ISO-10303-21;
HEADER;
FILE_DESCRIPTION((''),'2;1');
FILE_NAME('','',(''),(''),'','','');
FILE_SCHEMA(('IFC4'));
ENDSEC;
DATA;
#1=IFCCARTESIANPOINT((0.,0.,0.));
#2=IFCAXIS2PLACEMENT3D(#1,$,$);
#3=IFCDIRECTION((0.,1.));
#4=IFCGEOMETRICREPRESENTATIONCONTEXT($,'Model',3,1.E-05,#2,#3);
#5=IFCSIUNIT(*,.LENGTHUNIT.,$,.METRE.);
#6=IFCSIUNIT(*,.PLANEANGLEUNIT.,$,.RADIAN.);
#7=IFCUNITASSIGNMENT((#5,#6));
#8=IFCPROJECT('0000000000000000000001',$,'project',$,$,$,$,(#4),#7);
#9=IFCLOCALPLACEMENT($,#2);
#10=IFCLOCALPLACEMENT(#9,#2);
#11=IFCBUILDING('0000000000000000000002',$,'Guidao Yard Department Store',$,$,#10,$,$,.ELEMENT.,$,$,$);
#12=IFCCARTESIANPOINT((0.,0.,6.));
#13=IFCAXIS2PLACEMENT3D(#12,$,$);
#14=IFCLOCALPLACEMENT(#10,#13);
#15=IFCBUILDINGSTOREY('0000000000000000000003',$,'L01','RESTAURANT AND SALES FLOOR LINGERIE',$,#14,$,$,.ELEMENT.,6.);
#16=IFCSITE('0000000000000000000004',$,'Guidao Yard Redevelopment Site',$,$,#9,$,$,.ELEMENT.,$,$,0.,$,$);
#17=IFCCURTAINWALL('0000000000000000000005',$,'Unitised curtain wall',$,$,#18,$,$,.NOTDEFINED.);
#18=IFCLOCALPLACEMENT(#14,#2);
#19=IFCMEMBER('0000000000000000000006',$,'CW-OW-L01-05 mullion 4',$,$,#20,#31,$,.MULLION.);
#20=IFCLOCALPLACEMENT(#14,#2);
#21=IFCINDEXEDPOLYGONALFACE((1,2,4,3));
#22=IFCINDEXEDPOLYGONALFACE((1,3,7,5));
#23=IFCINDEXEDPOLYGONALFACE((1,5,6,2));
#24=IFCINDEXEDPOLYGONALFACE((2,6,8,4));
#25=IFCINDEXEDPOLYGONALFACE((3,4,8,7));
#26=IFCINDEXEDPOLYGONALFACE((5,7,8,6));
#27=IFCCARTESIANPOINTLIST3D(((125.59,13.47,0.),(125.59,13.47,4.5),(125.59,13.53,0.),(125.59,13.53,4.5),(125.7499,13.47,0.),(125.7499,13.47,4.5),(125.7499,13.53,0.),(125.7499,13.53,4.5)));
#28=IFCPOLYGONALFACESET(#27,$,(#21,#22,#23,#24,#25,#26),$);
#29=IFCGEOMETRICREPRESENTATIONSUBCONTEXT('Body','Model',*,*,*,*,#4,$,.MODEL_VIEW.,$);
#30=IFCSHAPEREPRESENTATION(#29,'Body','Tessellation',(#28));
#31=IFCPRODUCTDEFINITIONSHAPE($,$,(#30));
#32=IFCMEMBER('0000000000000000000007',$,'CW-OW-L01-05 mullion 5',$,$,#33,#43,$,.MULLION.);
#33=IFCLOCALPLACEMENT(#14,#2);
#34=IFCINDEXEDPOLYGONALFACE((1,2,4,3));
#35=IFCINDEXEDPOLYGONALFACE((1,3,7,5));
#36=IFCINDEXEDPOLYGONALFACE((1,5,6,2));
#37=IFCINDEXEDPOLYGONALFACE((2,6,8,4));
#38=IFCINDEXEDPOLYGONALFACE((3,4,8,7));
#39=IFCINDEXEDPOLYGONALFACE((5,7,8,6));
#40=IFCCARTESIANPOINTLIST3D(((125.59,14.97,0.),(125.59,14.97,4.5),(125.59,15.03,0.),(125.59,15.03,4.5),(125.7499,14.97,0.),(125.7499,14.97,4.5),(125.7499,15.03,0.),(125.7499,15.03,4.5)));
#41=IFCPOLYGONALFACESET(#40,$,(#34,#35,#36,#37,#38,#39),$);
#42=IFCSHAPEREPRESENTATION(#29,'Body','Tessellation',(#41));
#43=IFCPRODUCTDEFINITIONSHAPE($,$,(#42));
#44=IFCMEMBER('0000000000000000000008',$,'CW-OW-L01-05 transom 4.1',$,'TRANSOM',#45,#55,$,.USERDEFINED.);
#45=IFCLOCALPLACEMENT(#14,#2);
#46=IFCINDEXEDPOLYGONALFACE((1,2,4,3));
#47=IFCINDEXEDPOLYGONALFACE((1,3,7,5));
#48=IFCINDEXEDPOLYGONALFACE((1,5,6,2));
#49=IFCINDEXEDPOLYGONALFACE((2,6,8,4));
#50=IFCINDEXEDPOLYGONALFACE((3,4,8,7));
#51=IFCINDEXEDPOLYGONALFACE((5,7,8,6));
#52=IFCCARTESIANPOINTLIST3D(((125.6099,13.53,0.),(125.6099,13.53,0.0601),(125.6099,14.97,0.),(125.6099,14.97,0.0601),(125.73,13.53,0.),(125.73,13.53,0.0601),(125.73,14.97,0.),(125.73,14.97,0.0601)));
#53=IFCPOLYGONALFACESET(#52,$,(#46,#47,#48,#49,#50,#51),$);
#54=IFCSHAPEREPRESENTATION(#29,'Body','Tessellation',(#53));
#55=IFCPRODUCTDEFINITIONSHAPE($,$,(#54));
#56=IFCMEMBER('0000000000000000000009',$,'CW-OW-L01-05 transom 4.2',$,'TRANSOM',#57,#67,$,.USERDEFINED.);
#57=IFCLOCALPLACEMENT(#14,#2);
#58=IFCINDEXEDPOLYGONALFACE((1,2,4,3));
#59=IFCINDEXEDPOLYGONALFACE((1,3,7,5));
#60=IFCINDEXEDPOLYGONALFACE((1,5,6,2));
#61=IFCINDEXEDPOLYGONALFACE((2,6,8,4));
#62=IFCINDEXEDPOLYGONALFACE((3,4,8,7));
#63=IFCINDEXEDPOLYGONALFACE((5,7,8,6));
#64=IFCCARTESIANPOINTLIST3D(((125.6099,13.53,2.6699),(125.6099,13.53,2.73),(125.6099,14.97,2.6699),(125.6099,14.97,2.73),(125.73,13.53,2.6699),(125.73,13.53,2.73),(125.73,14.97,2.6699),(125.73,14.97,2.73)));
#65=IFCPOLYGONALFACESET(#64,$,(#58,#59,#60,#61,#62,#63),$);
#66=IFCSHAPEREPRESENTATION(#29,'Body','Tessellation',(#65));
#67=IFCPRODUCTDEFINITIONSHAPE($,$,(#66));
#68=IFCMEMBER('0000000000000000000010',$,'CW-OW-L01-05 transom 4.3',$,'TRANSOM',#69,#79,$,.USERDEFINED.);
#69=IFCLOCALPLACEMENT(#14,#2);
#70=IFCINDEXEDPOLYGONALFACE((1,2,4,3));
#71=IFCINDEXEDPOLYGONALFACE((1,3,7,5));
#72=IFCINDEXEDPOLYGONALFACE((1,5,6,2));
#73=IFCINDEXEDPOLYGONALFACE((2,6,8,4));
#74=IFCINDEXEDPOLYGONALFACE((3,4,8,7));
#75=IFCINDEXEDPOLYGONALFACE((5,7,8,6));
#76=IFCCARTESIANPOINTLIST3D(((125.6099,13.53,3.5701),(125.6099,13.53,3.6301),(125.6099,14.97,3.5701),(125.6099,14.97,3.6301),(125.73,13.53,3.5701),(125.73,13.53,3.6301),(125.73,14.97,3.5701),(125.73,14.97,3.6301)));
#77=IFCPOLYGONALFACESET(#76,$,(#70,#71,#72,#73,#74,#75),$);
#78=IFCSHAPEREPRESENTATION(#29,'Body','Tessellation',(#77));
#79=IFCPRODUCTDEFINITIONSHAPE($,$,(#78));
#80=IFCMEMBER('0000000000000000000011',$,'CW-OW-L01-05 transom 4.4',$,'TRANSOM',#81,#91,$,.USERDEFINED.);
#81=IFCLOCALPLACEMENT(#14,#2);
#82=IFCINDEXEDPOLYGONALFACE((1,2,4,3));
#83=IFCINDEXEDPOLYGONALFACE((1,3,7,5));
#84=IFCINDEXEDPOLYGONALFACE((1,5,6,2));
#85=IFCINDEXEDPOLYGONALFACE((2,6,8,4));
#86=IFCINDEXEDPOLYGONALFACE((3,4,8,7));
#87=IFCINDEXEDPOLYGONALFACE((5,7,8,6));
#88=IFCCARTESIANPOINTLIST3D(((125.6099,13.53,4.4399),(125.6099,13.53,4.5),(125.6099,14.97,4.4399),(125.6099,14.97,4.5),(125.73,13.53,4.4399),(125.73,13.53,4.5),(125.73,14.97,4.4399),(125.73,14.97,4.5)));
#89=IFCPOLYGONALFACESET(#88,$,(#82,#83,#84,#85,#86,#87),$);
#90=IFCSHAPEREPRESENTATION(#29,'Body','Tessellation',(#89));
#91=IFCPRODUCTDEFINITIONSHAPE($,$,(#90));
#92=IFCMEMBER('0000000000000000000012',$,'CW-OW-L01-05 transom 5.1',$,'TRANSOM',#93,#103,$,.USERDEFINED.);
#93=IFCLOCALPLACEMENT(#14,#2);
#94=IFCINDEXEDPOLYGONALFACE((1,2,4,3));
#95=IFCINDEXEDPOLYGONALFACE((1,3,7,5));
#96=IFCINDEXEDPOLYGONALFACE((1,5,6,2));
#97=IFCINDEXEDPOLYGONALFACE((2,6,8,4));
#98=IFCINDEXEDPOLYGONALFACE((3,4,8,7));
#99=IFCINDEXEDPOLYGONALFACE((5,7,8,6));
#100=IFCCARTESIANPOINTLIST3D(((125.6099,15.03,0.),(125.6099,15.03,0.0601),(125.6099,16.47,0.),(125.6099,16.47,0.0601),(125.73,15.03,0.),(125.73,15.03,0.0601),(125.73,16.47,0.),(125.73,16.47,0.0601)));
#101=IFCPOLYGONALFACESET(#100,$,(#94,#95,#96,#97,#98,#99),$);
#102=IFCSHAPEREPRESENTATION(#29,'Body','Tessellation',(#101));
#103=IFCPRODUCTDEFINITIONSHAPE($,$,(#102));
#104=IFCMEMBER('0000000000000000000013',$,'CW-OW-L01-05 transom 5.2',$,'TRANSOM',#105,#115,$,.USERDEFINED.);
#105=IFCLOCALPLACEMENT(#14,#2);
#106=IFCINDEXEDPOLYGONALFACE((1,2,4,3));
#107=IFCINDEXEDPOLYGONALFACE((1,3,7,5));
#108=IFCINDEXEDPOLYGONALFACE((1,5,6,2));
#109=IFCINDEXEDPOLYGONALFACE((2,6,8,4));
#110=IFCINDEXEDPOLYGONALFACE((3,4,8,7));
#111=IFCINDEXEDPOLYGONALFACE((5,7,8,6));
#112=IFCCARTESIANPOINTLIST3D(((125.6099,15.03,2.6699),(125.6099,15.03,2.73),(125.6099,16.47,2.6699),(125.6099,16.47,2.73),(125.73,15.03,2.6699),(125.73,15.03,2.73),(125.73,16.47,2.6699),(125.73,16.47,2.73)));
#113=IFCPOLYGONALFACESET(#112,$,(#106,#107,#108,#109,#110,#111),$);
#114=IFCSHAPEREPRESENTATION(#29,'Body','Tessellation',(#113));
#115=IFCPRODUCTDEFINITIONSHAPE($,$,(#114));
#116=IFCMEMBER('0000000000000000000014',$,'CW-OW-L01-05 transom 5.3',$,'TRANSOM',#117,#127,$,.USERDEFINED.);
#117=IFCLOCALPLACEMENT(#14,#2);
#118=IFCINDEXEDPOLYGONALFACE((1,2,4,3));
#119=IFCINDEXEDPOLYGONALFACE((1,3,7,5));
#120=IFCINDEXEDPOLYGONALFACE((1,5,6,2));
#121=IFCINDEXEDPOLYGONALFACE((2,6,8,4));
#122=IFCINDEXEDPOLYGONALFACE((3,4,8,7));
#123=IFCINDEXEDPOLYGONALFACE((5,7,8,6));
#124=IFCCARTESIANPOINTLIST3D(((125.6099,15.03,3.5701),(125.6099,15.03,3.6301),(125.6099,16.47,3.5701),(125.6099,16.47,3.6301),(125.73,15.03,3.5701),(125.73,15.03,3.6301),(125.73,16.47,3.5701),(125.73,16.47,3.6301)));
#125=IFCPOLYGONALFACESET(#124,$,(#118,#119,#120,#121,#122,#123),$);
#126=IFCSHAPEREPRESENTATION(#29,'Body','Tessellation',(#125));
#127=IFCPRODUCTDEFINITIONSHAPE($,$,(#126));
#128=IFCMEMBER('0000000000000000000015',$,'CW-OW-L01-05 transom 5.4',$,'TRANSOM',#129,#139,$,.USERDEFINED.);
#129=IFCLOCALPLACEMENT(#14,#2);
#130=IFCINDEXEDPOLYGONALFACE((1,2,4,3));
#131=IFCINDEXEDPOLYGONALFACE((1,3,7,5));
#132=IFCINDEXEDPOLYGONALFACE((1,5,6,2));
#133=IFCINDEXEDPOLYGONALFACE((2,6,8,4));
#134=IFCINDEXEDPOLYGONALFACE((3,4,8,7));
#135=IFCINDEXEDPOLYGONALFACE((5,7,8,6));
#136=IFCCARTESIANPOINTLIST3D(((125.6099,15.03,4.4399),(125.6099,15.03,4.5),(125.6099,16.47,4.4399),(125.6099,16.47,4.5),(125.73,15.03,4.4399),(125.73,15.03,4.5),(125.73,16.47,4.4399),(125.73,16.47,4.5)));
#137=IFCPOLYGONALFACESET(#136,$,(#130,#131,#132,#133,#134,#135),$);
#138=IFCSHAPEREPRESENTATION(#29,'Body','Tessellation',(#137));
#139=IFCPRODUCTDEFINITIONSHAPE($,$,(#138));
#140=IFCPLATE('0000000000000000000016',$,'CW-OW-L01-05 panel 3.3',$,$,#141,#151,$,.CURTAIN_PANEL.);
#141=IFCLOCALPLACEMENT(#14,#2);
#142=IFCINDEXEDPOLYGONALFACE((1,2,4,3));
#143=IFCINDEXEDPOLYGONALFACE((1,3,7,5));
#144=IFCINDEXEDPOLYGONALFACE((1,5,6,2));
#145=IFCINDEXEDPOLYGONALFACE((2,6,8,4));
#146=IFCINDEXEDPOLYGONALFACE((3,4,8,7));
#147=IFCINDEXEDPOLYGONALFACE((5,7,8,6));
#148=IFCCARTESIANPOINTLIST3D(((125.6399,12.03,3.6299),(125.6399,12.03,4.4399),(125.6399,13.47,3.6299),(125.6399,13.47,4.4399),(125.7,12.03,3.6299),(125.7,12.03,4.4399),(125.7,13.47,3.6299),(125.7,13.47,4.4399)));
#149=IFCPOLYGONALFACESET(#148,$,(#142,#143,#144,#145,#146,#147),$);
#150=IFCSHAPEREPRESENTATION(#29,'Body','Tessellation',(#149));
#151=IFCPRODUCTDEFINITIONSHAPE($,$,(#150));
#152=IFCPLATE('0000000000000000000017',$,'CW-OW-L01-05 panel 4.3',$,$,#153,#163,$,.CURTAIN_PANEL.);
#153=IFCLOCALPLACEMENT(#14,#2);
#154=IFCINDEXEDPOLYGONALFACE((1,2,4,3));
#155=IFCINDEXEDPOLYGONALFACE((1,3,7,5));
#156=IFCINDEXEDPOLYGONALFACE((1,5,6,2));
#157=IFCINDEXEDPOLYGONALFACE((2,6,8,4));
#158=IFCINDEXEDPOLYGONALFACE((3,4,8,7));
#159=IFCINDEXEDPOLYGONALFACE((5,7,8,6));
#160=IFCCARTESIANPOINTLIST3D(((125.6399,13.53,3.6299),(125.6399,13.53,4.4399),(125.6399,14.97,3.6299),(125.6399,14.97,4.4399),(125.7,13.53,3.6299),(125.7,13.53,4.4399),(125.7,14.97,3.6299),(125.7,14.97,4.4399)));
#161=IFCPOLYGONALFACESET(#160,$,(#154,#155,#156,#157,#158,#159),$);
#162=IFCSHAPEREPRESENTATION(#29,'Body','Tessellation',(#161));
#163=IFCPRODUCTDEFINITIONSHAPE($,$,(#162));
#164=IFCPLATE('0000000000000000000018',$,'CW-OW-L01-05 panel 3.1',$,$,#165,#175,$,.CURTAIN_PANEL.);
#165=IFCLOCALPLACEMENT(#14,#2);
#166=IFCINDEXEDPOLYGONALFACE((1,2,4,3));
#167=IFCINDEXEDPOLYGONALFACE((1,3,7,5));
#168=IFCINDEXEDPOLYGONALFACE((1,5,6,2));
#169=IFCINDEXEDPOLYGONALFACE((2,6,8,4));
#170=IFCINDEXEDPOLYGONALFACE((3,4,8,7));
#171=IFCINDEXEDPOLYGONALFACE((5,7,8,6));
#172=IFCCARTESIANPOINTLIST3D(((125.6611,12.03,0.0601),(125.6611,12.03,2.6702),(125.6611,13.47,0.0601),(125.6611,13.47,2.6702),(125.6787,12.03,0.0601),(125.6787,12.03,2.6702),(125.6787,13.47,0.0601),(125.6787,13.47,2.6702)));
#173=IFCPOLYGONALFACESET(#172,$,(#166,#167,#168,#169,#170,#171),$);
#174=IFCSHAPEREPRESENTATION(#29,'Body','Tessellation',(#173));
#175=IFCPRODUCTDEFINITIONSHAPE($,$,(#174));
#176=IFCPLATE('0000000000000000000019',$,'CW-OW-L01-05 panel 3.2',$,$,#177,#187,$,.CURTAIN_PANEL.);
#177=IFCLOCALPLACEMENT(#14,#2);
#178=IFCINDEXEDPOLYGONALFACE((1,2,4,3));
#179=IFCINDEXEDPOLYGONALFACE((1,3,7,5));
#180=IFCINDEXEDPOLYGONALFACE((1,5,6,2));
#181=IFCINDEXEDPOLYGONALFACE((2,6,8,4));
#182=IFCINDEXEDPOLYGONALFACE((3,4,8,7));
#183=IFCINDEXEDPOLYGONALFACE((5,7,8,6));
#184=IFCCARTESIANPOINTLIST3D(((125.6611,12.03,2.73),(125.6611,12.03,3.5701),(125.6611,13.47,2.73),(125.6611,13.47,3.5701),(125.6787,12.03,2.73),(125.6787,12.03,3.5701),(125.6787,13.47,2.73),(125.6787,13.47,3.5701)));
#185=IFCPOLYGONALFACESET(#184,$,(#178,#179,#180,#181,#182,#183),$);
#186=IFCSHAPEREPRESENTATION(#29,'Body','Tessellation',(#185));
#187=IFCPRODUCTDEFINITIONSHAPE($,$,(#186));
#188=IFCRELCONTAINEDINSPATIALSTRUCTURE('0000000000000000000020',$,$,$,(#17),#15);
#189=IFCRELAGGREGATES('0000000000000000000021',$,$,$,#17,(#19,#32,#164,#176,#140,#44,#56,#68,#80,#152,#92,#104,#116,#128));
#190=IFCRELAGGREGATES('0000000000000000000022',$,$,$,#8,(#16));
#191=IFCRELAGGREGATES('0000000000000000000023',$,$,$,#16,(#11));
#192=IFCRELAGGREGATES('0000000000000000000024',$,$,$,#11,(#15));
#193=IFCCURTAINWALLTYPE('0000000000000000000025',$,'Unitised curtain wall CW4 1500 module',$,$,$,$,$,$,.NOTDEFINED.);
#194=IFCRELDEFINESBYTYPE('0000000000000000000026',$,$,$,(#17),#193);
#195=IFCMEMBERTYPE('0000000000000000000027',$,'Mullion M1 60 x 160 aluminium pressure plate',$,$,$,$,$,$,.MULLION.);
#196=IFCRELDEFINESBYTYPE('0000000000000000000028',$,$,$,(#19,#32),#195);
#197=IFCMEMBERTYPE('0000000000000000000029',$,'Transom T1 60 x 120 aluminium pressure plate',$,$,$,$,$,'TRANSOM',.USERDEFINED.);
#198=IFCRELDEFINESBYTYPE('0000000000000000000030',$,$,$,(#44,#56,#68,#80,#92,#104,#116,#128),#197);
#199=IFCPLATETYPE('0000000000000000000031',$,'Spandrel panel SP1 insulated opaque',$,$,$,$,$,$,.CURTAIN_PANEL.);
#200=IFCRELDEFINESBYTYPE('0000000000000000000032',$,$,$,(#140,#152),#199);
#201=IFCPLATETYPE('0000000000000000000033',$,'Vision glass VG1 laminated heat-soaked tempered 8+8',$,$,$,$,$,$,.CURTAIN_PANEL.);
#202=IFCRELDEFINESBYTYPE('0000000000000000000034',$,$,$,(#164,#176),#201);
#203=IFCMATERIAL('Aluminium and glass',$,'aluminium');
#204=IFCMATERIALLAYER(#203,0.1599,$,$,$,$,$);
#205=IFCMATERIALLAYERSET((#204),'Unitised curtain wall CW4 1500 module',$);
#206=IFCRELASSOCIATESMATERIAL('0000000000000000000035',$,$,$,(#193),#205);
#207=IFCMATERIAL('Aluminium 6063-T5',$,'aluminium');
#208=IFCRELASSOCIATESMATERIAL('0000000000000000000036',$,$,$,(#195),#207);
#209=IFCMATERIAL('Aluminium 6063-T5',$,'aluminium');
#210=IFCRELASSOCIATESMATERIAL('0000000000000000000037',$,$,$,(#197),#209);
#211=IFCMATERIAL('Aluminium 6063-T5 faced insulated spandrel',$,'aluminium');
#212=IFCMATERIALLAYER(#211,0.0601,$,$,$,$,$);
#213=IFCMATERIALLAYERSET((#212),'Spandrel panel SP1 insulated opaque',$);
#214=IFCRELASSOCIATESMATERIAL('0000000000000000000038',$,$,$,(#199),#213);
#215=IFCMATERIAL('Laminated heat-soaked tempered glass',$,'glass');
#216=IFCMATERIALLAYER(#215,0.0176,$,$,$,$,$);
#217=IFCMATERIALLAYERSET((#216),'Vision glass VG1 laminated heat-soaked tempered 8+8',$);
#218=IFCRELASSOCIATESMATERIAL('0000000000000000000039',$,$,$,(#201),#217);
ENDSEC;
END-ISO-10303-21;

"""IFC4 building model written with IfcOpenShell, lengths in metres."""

from ifc_helpers import new_model, si_unit, direction, frame, origin, origin_2d, place, context, subcontext, project, spatial, rectangle, extrude, material, layer, layer_set, material_profile, profile_set, type_object, element, aggregate, save


model = new_model("IFC4")

# Units and contexts
model_context = context("Model", 3, precision=1e-05, world=origin(), true_north=direction((0.0, 1.0)))
body_context = subcontext(model_context, "Body", "Model", "MODEL_VIEW")
ifc_project = project(units=[si_unit("LENGTHUNIT", "METRE"), si_unit("PLANEANGLEUNIT", "RADIAN")], contexts=[model_context])

# Site, building, storey
site_placement = place(None, origin())
site = spatial("IfcSite", under=ifc_project, at=site_placement, Name="Guidao Yard Redevelopment Site", CompositionType="ELEMENT", RefElevation=0.0)
building_placement = place(site_placement, origin())
building = spatial("IfcBuilding", under=site, at=building_placement, Name="Guidao Yard Department Store", CompositionType="ELEMENT")
storey_placement = place(building_placement, frame((0.0, 0.0, 6.0)))
storey = spatial("IfcBuildingStorey", under=building, at=storey_placement, Name="L01", Description="RESTAURANT AND SALES FLOOR LINGERIE", CompositionType="ELEMENT", Elevation=6.0)

# Curtain wall, members, plates
ifc_material_1 = material(Name="Aluminium and glass", Category="aluminium")
ifc_layer_1 = layer(ifc_material_1, 0.1599)
ifc_layer_set_1 = layer_set([ifc_layer_1], Name="Unitised curtain wall CW4 1500 module")
curtain_wall_type = type_object("IfcCurtainWallType", Name="Unitised curtain wall CW4 1500 module", PredefinedType="NOTDEFINED", material=ifc_layer_set_1)
curtain_wall_placement = place(storey_placement, origin())
curtain_wall = element("IfcCurtainWall", 1, at=curtain_wall_placement, inside=storey, type_object=curtain_wall_type, Name="Unitised curtain wall", PredefinedType="NOTDEFINED")
ifc_material_2 = material(Name="Aluminium 6063-T5", Category="aluminium")
ifc_material_profile_1 = material_profile(ifc_material_2, rectangle(XDim=0.0601, YDim=0.1599, at=origin_2d()), Name="Mullion M1 60 x 160 aluminium pressure plate")
ifc_profile_set_1 = profile_set([ifc_material_profile_1], Name="Aluminium 6063-T5")
member_type_1 = type_object("IfcMemberType", Name="Mullion M1 60 x 160 aluminium pressure plate", PredefinedType="MULLION", material=ifc_profile_set_1)
member_1_placement = place(storey_placement, frame((125.6699, 13.5, 0.0), z_axis=(0.0, 0.0, 1.0), x_axis=(0.0, 1.0, 0.0)))
member_1 = element("IfcMember", 2, at=member_1_placement, type_object=member_type_1, Name="CW-OW-L01-05 mullion 4", PredefinedType="MULLION", context=body_context, shape_type="SweptSolid", body=[
    extrude(rectangle(XDim=0.0601, YDim=0.1599, at=origin_2d()), origin(), (0.0, 0.0, 1.0), 4.5),
])
member_2_placement = place(storey_placement, frame((125.6699, 15.0, 0.0), z_axis=(0.0, 0.0, 1.0), x_axis=(0.0, 1.0, 0.0)))
member_2 = element("IfcMember", 3, at=member_2_placement, type_object=member_type_1, Name="CW-OW-L01-05 mullion 5", PredefinedType="MULLION", context=body_context, shape_type="SweptSolid", body=[
    extrude(rectangle(XDim=0.0601, YDim=0.1599, at=origin_2d()), origin(), (0.0, 0.0, 1.0), 4.5),
])
ifc_material_3 = material(Name="Aluminium 6063-T5", Category="aluminium")
ifc_material_profile_2 = material_profile(ifc_material_3, rectangle(XDim=0.1201, YDim=0.0601, at=origin_2d()), Name="Transom T1 60 x 120 aluminium pressure plate")
ifc_profile_set_2 = profile_set([ifc_material_profile_2], Name="Aluminium 6063-T5")
member_type_2 = type_object("IfcMemberType", Name="Transom T1 60 x 120 aluminium pressure plate", ElementType="TRANSOM", PredefinedType="USERDEFINED", material=ifc_profile_set_2)
member_3_placement = place(storey_placement, frame((125.6699, 13.53, 0.03), z_axis=(0.0, 1.0, 0.0), x_axis=(-1.0, 0.0, 0.0)))
member_3 = element("IfcMember", 4, at=member_3_placement, type_object=member_type_2, Name="CW-OW-L01-05 transom 4.1", ObjectType="TRANSOM", PredefinedType="USERDEFINED", context=body_context, shape_type="SweptSolid", body=[
    extrude(rectangle(XDim=0.1201, YDim=0.0601, at=origin_2d()), origin(), (0.0, 0.0, 1.0), 1.4399),
])
member_4_placement = place(storey_placement, frame((125.6699, 13.53, 2.7), z_axis=(0.0, 1.0, 0.0), x_axis=(-1.0, 0.0, 0.0)))
member_4 = element("IfcMember", 5, at=member_4_placement, type_object=member_type_2, Name="CW-OW-L01-05 transom 4.2", ObjectType="TRANSOM", PredefinedType="USERDEFINED", context=body_context, shape_type="SweptSolid", body=[
    extrude(rectangle(XDim=0.1201, YDim=0.0601, at=origin_2d()), origin(), (0.0, 0.0, 1.0), 1.4399),
])
member_5_placement = place(storey_placement, frame((125.6699, 13.53, 3.6001), z_axis=(0.0, 1.0, 0.0), x_axis=(-1.0, 0.0, 0.0)))
member_5 = element("IfcMember", 6, at=member_5_placement, type_object=member_type_2, Name="CW-OW-L01-05 transom 4.3", ObjectType="TRANSOM", PredefinedType="USERDEFINED", context=body_context, shape_type="SweptSolid", body=[
    extrude(rectangle(XDim=0.1201, YDim=0.0601, at=origin_2d()), origin(), (0.0, 0.0, 1.0), 1.4399),
])
member_6_placement = place(storey_placement, frame((125.6699, 13.53, 4.47), z_axis=(0.0, 1.0, 0.0), x_axis=(-1.0, 0.0, 0.0)))
member_6 = element("IfcMember", 7, at=member_6_placement, type_object=member_type_2, Name="CW-OW-L01-05 transom 4.4", ObjectType="TRANSOM", PredefinedType="USERDEFINED", context=body_context, shape_type="SweptSolid", body=[
    extrude(rectangle(XDim=0.1201, YDim=0.0601, at=origin_2d()), origin(), (0.0, 0.0, 1.0), 1.4399),
])
member_7_placement = place(storey_placement, frame((125.6699, 15.03, 0.03), z_axis=(0.0, 1.0, 0.0), x_axis=(-1.0, 0.0, 0.0)))
member_7 = element("IfcMember", 8, at=member_7_placement, type_object=member_type_2, Name="CW-OW-L01-05 transom 5.1", ObjectType="TRANSOM", PredefinedType="USERDEFINED", context=body_context, shape_type="SweptSolid", body=[
    extrude(rectangle(XDim=0.1201, YDim=0.0601, at=origin_2d()), origin(), (0.0, 0.0, 1.0), 1.4399),
])
member_8_placement = place(storey_placement, frame((125.6699, 15.03, 2.7), z_axis=(0.0, 1.0, 0.0), x_axis=(-1.0, 0.0, 0.0)))
member_8 = element("IfcMember", 9, at=member_8_placement, type_object=member_type_2, Name="CW-OW-L01-05 transom 5.2", ObjectType="TRANSOM", PredefinedType="USERDEFINED", context=body_context, shape_type="SweptSolid", body=[
    extrude(rectangle(XDim=0.1201, YDim=0.0601, at=origin_2d()), origin(), (0.0, 0.0, 1.0), 1.4399),
])
member_9_placement = place(storey_placement, frame((125.6699, 15.03, 3.6001), z_axis=(0.0, 1.0, 0.0), x_axis=(-1.0, 0.0, 0.0)))
member_9 = element("IfcMember", 10, at=member_9_placement, type_object=member_type_2, Name="CW-OW-L01-05 transom 5.3", ObjectType="TRANSOM", PredefinedType="USERDEFINED", context=body_context, shape_type="SweptSolid", body=[
    extrude(rectangle(XDim=0.1201, YDim=0.0601, at=origin_2d()), origin(), (0.0, 0.0, 1.0), 1.4399),
])
member_10_placement = place(storey_placement, frame((125.6699, 15.03, 4.47), z_axis=(0.0, 1.0, 0.0), x_axis=(-1.0, 0.0, 0.0)))
member_10 = element("IfcMember", 11, at=member_10_placement, type_object=member_type_2, Name="CW-OW-L01-05 transom 5.4", ObjectType="TRANSOM", PredefinedType="USERDEFINED", context=body_context, shape_type="SweptSolid", body=[
    extrude(rectangle(XDim=0.1201, YDim=0.0601, at=origin_2d()), origin(), (0.0, 0.0, 1.0), 1.4399),
])
ifc_material_4 = material(Name="Aluminium 6063-T5 faced insulated spandrel", Category="aluminium")
ifc_layer_2 = layer(ifc_material_4, 0.0601)
ifc_layer_set_2 = layer_set([ifc_layer_2], Name="Spandrel panel SP1 insulated opaque")
plate_type_1 = type_object("IfcPlateType", Name="Spandrel panel SP1 insulated opaque", PredefinedType="CURTAIN_PANEL", material=ifc_layer_set_2)
plate_1_placement = place(storey_placement, frame((125.6699, 12.75, 3.6299), z_axis=(0.0, 0.0, 1.0), x_axis=(0.0, 1.0, 0.0)))
plate_1 = element("IfcPlate", 12, at=plate_1_placement, type_object=plate_type_1, Name="CW-OW-L01-05 panel 3.3", PredefinedType="CURTAIN_PANEL", context=body_context, shape_type="SweptSolid", body=[
    extrude(rectangle(XDim=1.4399, YDim=0.0601, at=origin_2d()), origin(), (0.0, 0.0, 1.0), 0.8101),
])
plate_2_placement = place(storey_placement, frame((125.6699, 14.25, 3.6299), z_axis=(0.0, 0.0, 1.0), x_axis=(0.0, 1.0, 0.0)))
plate_2 = element("IfcPlate", 13, at=plate_2_placement, type_object=plate_type_1, Name="CW-OW-L01-05 panel 4.3", PredefinedType="CURTAIN_PANEL", context=body_context, shape_type="SweptSolid", body=[
    extrude(rectangle(XDim=1.4399, YDim=0.0601, at=origin_2d()), origin(), (0.0, 0.0, 1.0), 0.8101),
])
ifc_material_5 = material(Name="Laminated heat-soaked tempered glass", Category="glass")
ifc_layer_3 = layer(ifc_material_5, 0.0176)
ifc_layer_set_3 = layer_set([ifc_layer_3], Name="Vision glass VG1 laminated heat-soaked tempered 8+8")
plate_type_2 = type_object("IfcPlateType", Name="Vision glass VG1 laminated heat-soaked tempered 8+8", PredefinedType="CURTAIN_PANEL", material=ifc_layer_set_3)
plate_3_placement = place(storey_placement, frame((125.6699, 12.75, 0.0601), z_axis=(0.0, 0.0, 1.0), x_axis=(0.0, 1.0, 0.0)))
plate_3 = element("IfcPlate", 14, at=plate_3_placement, type_object=plate_type_2, Name="CW-OW-L01-05 panel 3.1", PredefinedType="CURTAIN_PANEL", context=body_context, shape_type="SweptSolid", body=[
    extrude(rectangle(XDim=1.4399, YDim=0.0176, at=origin_2d()), origin(), (0.0, 0.0, 1.0), 2.6101),
])
plate_4_placement = place(storey_placement, frame((125.6699, 12.75, 2.73), z_axis=(0.0, 0.0, 1.0), x_axis=(0.0, 1.0, 0.0)))
plate_4 = element("IfcPlate", 15, at=plate_4_placement, type_object=plate_type_2, Name="CW-OW-L01-05 panel 3.2", PredefinedType="CURTAIN_PANEL", context=body_context, shape_type="SweptSolid", body=[
    extrude(rectangle(XDim=1.4399, YDim=0.0176, at=origin_2d()), origin(), (0.0, 0.0, 1.0), 0.8401),
])
aggregate(curtain_wall, [member_1, member_2, plate_3, plate_4, plate_1, member_3, member_4, member_5, member_6, plate_2, member_7, member_8, member_9, member_10])

save(model, "model.ifc")
